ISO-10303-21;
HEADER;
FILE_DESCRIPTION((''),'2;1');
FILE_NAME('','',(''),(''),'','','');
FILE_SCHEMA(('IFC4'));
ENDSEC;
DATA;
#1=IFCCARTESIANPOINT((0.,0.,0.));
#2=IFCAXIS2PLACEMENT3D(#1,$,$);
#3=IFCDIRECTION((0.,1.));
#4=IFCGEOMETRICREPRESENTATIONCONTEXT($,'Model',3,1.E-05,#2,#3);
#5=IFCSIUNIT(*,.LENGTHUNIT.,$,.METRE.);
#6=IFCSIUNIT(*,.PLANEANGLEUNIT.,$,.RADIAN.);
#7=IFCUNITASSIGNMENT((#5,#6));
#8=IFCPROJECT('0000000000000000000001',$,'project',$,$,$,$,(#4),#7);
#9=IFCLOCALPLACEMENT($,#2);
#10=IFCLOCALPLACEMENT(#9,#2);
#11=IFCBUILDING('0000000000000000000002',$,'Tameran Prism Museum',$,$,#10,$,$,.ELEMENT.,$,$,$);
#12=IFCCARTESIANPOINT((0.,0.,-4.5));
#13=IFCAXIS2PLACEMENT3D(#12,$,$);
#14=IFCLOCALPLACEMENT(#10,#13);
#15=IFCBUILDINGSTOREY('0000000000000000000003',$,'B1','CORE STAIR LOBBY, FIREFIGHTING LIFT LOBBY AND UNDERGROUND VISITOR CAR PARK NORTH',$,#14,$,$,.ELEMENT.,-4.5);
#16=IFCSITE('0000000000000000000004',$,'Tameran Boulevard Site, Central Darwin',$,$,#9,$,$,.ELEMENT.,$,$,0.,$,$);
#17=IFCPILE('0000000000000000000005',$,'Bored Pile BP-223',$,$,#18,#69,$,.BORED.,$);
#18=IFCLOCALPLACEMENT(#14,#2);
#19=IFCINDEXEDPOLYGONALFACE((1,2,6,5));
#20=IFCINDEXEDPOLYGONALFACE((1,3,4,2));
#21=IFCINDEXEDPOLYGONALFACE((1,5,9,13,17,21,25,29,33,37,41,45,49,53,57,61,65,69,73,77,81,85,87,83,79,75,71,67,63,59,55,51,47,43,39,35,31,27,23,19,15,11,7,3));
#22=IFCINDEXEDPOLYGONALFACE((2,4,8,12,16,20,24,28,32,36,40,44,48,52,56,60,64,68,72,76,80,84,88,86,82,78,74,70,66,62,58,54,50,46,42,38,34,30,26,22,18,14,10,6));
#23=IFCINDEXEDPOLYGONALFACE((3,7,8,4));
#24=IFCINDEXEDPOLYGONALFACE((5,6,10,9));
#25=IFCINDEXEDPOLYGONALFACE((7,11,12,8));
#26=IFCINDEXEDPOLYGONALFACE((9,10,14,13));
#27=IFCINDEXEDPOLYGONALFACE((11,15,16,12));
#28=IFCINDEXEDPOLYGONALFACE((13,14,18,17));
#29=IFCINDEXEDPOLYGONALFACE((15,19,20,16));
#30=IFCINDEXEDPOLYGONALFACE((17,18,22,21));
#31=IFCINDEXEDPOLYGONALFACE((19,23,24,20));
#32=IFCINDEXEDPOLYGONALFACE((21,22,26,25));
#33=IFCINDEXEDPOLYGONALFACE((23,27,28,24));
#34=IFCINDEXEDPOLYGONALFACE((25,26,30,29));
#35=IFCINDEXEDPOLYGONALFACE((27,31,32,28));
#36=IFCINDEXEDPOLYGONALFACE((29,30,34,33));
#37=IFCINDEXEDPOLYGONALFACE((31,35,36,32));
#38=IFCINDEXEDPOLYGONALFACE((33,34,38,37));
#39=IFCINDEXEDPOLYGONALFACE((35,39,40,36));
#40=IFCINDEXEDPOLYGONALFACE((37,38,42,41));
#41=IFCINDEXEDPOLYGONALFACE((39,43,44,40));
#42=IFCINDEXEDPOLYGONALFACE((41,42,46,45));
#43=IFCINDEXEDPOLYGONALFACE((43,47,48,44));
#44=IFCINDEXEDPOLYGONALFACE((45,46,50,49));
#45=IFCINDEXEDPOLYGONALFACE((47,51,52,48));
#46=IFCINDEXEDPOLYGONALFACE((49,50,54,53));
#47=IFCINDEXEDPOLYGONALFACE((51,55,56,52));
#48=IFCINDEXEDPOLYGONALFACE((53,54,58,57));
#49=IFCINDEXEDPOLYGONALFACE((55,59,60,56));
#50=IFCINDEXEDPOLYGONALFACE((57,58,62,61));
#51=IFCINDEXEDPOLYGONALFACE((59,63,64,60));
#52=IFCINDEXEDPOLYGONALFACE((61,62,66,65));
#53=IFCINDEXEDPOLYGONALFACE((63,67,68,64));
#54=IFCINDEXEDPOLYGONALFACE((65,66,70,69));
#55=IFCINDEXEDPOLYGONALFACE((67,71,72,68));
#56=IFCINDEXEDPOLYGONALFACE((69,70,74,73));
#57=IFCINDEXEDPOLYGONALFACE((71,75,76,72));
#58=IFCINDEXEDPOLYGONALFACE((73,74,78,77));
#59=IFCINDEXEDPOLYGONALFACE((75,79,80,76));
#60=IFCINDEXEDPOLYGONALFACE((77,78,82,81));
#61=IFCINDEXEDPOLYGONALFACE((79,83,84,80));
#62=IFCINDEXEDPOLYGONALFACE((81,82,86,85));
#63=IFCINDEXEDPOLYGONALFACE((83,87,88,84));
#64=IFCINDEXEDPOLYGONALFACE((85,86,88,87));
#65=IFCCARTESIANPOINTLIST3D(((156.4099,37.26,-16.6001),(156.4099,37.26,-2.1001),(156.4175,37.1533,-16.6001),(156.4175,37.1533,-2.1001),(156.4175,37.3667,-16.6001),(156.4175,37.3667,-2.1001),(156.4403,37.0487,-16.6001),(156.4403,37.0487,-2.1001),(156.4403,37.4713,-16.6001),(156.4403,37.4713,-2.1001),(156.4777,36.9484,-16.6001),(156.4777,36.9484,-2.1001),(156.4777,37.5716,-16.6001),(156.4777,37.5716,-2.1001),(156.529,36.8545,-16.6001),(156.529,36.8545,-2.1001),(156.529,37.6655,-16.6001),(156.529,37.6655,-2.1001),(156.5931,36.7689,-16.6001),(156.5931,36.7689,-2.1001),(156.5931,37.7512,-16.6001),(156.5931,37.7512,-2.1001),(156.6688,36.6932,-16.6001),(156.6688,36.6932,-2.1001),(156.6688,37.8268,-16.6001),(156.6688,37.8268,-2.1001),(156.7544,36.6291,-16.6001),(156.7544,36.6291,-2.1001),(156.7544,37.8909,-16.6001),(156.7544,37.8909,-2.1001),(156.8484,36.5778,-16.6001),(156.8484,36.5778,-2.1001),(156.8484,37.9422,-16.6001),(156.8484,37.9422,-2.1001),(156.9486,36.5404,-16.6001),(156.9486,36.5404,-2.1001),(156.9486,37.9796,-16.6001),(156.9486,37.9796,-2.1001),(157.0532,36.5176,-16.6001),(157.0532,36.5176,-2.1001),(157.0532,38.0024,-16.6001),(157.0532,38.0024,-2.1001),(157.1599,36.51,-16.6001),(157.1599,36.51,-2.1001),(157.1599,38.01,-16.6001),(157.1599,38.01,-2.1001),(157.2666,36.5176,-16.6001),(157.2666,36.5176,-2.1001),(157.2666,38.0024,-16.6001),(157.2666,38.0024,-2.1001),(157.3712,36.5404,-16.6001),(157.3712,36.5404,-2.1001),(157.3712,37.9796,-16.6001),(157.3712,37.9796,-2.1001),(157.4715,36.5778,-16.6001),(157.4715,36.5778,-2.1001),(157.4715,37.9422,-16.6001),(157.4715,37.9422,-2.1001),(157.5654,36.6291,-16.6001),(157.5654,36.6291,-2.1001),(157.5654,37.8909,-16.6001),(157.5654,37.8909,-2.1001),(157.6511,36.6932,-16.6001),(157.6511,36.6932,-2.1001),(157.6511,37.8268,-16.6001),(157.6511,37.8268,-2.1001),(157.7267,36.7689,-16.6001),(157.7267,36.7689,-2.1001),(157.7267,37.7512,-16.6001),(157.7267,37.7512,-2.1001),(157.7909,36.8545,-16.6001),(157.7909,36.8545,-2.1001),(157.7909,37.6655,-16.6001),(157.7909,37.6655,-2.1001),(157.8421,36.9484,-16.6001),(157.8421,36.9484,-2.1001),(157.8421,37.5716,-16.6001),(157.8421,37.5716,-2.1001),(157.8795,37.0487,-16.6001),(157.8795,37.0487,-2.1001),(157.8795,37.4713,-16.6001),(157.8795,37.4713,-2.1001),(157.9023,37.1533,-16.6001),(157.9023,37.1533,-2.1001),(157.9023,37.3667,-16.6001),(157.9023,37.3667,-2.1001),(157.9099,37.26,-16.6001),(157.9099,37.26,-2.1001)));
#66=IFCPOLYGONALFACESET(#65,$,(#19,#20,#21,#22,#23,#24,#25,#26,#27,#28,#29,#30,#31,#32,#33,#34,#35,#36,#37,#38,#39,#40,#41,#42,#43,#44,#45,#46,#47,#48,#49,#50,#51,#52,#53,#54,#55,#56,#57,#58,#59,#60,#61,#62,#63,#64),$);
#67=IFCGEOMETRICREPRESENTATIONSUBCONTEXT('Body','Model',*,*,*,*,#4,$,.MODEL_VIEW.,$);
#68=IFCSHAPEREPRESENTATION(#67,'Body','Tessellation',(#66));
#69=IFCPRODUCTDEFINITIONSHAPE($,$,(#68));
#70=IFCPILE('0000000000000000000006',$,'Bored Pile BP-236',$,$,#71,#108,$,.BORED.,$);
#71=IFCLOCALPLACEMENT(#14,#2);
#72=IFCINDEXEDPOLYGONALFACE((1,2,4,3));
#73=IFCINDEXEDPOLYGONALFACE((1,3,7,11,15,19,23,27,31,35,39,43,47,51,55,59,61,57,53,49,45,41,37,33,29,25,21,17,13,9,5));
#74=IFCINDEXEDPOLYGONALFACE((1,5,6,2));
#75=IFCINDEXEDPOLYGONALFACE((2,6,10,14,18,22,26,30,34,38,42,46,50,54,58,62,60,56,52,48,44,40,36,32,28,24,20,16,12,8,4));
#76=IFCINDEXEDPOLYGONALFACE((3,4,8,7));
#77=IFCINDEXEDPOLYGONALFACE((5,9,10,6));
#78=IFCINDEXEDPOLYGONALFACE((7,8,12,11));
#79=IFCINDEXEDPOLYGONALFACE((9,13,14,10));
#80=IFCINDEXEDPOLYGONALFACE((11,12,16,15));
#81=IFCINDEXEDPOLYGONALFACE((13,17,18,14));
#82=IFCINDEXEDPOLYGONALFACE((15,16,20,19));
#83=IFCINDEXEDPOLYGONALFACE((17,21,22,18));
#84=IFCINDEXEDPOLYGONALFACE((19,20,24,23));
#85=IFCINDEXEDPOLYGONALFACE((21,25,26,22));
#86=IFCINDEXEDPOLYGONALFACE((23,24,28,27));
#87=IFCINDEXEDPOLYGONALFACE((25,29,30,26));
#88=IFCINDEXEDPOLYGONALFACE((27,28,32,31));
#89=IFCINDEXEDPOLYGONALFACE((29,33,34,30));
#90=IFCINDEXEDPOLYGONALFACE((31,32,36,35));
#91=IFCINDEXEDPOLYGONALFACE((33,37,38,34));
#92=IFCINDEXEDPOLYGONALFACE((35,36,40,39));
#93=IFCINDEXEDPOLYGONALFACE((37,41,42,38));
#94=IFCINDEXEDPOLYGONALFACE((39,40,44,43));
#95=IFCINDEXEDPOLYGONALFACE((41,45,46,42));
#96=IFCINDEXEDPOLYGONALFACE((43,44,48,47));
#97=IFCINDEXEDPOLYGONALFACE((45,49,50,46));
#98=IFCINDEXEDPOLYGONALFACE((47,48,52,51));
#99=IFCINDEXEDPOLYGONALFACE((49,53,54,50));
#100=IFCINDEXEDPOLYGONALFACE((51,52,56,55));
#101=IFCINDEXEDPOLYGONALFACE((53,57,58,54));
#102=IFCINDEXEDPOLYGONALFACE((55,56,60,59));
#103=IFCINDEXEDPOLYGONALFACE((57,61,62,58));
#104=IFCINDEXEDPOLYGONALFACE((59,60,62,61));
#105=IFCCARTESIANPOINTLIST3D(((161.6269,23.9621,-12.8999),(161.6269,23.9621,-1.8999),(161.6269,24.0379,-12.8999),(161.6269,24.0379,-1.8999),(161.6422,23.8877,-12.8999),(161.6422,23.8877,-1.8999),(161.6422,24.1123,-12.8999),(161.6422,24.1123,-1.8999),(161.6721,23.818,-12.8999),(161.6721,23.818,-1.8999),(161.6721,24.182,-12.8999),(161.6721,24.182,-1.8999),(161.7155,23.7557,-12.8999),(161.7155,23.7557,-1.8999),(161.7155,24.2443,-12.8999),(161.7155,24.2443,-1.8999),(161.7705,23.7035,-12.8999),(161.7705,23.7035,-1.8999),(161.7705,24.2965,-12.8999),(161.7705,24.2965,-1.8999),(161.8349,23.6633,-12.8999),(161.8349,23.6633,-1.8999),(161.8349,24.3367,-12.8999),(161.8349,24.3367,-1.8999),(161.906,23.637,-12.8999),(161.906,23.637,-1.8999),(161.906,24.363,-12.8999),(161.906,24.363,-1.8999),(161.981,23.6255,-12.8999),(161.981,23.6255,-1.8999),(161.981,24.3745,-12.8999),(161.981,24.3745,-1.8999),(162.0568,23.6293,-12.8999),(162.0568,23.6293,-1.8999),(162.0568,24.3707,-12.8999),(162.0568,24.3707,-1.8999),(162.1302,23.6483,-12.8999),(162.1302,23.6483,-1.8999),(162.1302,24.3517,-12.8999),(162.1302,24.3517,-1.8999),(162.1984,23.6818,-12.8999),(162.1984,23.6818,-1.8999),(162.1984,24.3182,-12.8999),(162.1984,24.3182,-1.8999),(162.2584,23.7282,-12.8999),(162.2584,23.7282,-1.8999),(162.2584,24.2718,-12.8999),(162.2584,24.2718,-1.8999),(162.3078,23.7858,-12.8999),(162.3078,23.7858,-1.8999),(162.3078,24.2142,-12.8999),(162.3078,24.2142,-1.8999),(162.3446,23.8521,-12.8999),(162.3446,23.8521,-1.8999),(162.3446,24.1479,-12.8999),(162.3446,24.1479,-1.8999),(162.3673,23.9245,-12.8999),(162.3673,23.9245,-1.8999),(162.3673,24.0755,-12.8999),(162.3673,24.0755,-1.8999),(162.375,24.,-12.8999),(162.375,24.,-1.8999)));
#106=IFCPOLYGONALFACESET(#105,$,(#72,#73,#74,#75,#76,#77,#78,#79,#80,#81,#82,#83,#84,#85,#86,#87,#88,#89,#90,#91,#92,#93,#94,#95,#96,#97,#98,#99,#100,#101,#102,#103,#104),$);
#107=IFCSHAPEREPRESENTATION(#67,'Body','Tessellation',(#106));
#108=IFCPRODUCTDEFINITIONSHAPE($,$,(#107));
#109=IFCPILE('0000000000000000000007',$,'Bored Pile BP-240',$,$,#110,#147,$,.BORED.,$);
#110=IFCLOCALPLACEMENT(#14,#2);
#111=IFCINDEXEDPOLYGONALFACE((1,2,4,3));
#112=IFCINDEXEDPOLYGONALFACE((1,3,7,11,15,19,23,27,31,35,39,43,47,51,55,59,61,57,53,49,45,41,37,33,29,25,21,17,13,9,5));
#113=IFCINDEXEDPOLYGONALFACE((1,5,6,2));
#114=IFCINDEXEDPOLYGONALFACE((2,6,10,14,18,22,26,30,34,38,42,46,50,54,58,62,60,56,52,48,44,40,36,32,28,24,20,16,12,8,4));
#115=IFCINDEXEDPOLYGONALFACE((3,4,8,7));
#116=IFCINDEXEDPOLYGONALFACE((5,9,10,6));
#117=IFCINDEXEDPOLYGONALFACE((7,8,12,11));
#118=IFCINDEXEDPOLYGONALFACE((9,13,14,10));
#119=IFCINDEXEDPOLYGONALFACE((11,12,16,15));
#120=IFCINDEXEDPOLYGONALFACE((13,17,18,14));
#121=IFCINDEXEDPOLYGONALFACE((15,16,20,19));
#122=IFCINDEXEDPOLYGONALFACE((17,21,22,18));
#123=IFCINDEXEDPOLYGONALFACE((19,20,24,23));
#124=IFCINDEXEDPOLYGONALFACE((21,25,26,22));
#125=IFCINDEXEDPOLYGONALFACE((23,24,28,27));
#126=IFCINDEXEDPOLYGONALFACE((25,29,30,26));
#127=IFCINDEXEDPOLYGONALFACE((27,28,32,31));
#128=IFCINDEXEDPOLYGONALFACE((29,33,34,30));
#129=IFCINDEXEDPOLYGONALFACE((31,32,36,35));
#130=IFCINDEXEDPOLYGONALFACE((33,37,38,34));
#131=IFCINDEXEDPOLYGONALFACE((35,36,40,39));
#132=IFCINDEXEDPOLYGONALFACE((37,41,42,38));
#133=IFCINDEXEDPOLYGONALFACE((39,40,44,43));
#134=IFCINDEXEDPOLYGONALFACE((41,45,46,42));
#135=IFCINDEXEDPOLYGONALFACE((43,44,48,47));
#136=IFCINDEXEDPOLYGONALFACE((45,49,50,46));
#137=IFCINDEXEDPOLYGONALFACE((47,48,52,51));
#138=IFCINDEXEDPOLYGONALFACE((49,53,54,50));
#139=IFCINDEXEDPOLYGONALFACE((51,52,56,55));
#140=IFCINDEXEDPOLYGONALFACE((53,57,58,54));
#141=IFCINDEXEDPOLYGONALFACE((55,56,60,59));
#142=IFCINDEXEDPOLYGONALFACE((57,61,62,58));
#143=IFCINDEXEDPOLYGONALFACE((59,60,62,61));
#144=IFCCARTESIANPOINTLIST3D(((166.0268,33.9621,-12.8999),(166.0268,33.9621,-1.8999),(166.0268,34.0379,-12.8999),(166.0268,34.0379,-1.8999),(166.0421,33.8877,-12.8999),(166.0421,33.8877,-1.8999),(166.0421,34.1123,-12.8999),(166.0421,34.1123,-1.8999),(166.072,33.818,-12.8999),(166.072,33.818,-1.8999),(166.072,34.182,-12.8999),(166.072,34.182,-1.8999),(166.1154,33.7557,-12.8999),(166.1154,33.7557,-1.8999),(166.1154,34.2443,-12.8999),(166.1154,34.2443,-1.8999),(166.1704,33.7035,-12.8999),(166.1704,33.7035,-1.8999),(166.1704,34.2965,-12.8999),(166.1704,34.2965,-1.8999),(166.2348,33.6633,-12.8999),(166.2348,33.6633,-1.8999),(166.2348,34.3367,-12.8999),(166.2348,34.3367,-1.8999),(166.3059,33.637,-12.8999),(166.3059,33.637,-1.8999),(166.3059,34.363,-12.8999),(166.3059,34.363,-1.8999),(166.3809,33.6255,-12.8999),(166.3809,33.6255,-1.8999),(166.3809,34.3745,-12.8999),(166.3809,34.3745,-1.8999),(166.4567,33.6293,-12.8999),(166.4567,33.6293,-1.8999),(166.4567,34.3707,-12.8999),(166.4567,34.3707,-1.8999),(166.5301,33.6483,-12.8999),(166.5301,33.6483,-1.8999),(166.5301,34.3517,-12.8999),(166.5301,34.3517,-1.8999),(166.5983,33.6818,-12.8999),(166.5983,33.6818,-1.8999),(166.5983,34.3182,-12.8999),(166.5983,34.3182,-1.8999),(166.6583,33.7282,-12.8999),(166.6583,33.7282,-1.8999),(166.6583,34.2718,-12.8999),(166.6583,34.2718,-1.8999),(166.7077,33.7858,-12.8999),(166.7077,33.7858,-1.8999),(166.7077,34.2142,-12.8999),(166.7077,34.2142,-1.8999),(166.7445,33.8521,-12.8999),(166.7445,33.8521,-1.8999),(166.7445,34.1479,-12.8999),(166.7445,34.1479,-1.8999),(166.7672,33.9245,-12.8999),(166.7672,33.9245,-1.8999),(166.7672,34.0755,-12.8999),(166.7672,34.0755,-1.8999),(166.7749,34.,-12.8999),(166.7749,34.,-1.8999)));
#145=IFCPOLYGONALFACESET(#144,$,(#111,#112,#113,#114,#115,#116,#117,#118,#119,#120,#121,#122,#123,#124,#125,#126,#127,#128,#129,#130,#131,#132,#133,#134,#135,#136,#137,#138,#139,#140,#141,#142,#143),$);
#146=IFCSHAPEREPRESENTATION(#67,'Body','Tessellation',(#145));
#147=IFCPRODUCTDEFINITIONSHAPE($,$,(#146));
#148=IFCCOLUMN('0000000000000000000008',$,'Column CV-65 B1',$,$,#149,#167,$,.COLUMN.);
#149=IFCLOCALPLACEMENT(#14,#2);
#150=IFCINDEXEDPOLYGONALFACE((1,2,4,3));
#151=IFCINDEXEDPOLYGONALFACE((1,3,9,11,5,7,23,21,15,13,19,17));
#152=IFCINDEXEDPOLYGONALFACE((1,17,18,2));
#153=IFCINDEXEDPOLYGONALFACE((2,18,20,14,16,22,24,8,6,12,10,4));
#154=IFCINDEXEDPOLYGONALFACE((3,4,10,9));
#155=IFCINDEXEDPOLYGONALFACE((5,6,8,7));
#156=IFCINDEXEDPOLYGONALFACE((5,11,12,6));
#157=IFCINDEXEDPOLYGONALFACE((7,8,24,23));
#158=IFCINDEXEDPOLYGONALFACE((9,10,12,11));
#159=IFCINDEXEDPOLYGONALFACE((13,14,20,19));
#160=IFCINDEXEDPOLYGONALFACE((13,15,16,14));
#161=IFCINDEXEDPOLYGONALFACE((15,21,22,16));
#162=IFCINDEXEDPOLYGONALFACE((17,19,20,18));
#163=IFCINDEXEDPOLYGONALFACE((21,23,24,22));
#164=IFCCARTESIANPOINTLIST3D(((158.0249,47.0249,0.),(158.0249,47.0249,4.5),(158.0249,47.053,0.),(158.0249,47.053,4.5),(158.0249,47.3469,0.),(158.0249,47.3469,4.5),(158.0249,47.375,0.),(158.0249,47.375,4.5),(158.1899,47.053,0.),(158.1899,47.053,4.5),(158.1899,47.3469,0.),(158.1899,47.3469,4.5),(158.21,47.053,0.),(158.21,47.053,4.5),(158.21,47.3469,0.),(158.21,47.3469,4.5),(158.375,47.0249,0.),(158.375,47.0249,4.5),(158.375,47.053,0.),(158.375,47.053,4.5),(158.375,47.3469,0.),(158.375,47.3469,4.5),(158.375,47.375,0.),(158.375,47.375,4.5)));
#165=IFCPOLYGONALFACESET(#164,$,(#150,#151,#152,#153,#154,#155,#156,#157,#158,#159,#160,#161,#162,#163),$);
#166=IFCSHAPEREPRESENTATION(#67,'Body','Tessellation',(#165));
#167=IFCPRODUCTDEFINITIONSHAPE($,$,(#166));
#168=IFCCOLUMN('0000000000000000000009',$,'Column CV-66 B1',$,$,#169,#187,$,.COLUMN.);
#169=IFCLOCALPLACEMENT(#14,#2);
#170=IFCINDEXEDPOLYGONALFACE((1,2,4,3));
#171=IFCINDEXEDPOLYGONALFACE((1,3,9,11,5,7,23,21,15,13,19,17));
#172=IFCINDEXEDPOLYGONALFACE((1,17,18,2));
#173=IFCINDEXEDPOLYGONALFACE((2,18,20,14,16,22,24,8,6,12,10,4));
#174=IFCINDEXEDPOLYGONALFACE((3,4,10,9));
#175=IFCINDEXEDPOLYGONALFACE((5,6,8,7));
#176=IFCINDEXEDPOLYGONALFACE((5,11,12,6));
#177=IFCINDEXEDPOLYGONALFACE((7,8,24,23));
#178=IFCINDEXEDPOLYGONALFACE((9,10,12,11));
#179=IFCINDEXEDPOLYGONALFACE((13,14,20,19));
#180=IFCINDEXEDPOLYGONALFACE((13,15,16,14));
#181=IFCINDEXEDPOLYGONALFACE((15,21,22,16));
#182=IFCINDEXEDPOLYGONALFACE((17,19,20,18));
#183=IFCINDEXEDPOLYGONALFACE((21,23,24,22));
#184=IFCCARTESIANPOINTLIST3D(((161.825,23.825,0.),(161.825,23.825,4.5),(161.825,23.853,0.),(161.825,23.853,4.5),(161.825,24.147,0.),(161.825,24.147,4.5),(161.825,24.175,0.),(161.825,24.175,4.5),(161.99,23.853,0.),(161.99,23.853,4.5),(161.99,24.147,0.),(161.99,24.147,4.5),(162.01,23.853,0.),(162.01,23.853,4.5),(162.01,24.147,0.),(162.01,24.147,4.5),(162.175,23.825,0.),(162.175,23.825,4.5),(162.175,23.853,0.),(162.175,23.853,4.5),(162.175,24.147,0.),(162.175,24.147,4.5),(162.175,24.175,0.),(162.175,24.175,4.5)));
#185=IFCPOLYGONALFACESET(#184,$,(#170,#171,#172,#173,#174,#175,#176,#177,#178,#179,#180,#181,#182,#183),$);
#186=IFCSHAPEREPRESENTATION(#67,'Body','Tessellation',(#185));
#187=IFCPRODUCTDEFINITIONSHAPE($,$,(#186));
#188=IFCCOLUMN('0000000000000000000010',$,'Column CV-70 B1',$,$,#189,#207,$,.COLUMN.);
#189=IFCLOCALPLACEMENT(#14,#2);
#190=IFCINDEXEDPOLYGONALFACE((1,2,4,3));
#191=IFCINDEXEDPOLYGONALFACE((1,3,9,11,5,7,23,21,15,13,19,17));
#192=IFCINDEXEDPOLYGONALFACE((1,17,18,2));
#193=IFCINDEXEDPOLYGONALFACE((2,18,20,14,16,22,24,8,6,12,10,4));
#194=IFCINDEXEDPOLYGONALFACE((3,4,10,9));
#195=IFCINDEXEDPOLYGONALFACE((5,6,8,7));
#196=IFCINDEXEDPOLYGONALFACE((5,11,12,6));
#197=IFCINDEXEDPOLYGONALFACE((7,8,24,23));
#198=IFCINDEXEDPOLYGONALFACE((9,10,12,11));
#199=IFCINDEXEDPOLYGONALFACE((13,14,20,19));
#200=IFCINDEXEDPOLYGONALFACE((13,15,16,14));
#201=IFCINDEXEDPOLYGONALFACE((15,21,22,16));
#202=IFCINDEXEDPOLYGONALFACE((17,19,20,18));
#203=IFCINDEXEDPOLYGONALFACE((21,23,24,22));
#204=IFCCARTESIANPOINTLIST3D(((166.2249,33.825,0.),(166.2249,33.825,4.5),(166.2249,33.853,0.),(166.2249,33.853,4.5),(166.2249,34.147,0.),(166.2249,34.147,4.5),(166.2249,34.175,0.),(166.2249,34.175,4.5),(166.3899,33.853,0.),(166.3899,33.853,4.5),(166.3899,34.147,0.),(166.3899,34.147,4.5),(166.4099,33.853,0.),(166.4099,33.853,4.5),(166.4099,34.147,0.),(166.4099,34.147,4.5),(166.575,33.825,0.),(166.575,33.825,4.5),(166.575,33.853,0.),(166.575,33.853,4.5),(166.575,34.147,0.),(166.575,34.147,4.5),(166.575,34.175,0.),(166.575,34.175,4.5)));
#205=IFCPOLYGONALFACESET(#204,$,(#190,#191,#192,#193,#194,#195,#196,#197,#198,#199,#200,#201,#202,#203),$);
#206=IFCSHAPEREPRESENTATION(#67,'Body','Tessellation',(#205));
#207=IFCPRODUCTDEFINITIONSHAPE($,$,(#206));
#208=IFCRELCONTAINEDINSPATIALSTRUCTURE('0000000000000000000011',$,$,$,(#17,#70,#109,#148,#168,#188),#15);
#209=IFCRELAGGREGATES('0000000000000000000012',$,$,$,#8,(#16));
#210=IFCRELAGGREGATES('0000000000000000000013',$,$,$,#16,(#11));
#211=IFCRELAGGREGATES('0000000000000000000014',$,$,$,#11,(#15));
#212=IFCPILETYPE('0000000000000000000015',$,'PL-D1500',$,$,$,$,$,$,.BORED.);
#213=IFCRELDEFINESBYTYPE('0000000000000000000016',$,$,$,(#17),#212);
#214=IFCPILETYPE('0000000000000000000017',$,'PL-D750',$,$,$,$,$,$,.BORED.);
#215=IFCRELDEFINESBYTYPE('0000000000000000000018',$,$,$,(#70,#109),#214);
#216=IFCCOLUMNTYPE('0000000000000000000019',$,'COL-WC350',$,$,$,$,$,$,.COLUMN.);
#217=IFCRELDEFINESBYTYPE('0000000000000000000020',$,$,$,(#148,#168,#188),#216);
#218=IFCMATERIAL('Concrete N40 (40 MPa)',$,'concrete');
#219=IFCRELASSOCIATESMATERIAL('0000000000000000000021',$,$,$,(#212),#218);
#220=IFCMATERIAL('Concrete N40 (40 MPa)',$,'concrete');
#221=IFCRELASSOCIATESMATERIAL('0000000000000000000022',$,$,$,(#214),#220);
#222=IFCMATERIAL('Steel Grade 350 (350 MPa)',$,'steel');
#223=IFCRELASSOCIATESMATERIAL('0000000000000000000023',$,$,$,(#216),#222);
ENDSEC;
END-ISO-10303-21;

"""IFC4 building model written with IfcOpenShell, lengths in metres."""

from ifc_helpers import new_model, si_unit, direction, frame, origin, origin_2d, place, context, subcontext, project, spatial, circle, i_section, extrude, material, material_profile, profile_set, type_object, element, save


model = new_model("IFC4")

# Units and contexts
model_context = context("Model", 3, precision=1e-05, world=origin(), true_north=direction((0.0, 1.0)))
body_context = subcontext(model_context, "Body", "Model", "MODEL_VIEW")
ifc_project = project(units=[si_unit("LENGTHUNIT", "METRE"), si_unit("PLANEANGLEUNIT", "RADIAN")], contexts=[model_context])

# Site, building, storey
site_placement = place(None, origin())
site = spatial("IfcSite", under=ifc_project, at=site_placement, Name="Tameran Boulevard Site, Central Darwin", CompositionType="ELEMENT", RefElevation=0.0)
building_placement = place(site_placement, origin())
building = spatial("IfcBuilding", under=site, at=building_placement, Name="Tameran Prism Museum", CompositionType="ELEMENT")
storey_placement = place(building_placement, frame((0.0, 0.0, -4.5)))
storey = spatial("IfcBuildingStorey", under=building, at=storey_placement, Name="B1", Description="CORE STAIR LOBBY, FIREFIGHTING LIFT LOBBY AND UNDERGROUND VISITOR CAR PARK NORTH", CompositionType="ELEMENT", Elevation=-4.5)

# Piles
ifc_material_1 = material(Name="Concrete N40 (40 MPa)", Category="concrete")
ifc_material_profile_1 = material_profile(ifc_material_1, circle(Radius=0.75, at=origin_2d()))
ifc_profile_set_1 = profile_set([ifc_material_profile_1])
pile_type_1 = type_object("IfcPileType", Name="PL-D1500", PredefinedType="BORED", material=ifc_profile_set_1)
for number, where, z_axis, x_axis, name in (
    (1, (157.1599, 37.26, -2.1001), (0.0, 0.0, -1.0), (1.0, 0.0, 0.0), "Bored Pile BP-223"),
):
    element("IfcPile", number, at=place(storey_placement, frame(where, z_axis=z_axis, x_axis=x_axis)), inside=storey, type_object=pile_type_1, Name=name, PredefinedType="BORED", context=body_context, shape_type="SweptSolid", body=[
        extrude(circle(Radius=0.75, at=origin_2d()), origin(), (0.0, 0.0, 1.0), 14.5),
    ])
ifc_material_2 = material(Name="Concrete N40 (40 MPa)", Category="concrete")
ifc_material_profile_2 = material_profile(ifc_material_2, circle(Radius=0.375, at=origin_2d()))
ifc_profile_set_2 = profile_set([ifc_material_profile_2])
pile_type_2 = type_object("IfcPileType", Name="PL-D750", PredefinedType="BORED", material=ifc_profile_set_2)
for number, where, z_axis, x_axis, name in (
    (2, (162.0, 24.0, -1.8999), (0.0, 0.0, -1.0), (1.0, 0.0, 0.0), "Bored Pile BP-236"),
    (3, (166.3999, 34.0, -1.8999), (0.0, 0.0, -1.0), (1.0, 0.0, 0.0), "Bored Pile BP-240"),
):
    element("IfcPile", number, at=place(storey_placement, frame(where, z_axis=z_axis, x_axis=x_axis)), inside=storey, type_object=pile_type_2, Name=name, PredefinedType="BORED", context=body_context, shape_type="SweptSolid", body=[
        extrude(circle(Radius=0.375, at=origin_2d()), origin(), (0.0, 0.0, 1.0), 11.0),
    ])

# Columns
ifc_material_3 = material(Name="Steel Grade 350 (350 MPa)", Category="steel")
ifc_material_profile_3 = material_profile(ifc_material_3, i_section(OverallWidth=0.3501, OverallDepth=0.3501, WebThickness=0.02, FlangeThickness=0.0281, at=origin_2d()))
ifc_profile_set_3 = profile_set([ifc_material_profile_3])
column_type = type_object("IfcColumnType", Name="COL-WC350", PredefinedType="COLUMN", material=ifc_profile_set_3)
for number, where, z_axis, x_axis, name in (
    (4, (158.2, 47.2, 0.0), (0.0, 0.0, 1.0), (1.0, 0.0, 0.0), "Column CV-65 B1"),
    (5, (162.0, 24.0, 0.0), (0.0, 0.0, 1.0), (1.0, 0.0, 0.0), "Column CV-66 B1"),
    (6, (166.3999, 34.0, 0.0), (0.0, 0.0, 1.0), (1.0, 0.0, 0.0), "Column CV-70 B1"),
):
    element("IfcColumn", number, at=place(storey_placement, frame(where, z_axis=z_axis, x_axis=x_axis)), inside=storey, type_object=column_type, Name=name, PredefinedType="COLUMN", context=body_context, shape_type="SweptSolid", body=[
        extrude(i_section(OverallWidth=0.3501, OverallDepth=0.3501, WebThickness=0.02, FlangeThickness=0.0281, at=origin_2d()), origin(), (0.0, 0.0, 1.0), 4.5),
    ])

save(model, "model.ifc")
